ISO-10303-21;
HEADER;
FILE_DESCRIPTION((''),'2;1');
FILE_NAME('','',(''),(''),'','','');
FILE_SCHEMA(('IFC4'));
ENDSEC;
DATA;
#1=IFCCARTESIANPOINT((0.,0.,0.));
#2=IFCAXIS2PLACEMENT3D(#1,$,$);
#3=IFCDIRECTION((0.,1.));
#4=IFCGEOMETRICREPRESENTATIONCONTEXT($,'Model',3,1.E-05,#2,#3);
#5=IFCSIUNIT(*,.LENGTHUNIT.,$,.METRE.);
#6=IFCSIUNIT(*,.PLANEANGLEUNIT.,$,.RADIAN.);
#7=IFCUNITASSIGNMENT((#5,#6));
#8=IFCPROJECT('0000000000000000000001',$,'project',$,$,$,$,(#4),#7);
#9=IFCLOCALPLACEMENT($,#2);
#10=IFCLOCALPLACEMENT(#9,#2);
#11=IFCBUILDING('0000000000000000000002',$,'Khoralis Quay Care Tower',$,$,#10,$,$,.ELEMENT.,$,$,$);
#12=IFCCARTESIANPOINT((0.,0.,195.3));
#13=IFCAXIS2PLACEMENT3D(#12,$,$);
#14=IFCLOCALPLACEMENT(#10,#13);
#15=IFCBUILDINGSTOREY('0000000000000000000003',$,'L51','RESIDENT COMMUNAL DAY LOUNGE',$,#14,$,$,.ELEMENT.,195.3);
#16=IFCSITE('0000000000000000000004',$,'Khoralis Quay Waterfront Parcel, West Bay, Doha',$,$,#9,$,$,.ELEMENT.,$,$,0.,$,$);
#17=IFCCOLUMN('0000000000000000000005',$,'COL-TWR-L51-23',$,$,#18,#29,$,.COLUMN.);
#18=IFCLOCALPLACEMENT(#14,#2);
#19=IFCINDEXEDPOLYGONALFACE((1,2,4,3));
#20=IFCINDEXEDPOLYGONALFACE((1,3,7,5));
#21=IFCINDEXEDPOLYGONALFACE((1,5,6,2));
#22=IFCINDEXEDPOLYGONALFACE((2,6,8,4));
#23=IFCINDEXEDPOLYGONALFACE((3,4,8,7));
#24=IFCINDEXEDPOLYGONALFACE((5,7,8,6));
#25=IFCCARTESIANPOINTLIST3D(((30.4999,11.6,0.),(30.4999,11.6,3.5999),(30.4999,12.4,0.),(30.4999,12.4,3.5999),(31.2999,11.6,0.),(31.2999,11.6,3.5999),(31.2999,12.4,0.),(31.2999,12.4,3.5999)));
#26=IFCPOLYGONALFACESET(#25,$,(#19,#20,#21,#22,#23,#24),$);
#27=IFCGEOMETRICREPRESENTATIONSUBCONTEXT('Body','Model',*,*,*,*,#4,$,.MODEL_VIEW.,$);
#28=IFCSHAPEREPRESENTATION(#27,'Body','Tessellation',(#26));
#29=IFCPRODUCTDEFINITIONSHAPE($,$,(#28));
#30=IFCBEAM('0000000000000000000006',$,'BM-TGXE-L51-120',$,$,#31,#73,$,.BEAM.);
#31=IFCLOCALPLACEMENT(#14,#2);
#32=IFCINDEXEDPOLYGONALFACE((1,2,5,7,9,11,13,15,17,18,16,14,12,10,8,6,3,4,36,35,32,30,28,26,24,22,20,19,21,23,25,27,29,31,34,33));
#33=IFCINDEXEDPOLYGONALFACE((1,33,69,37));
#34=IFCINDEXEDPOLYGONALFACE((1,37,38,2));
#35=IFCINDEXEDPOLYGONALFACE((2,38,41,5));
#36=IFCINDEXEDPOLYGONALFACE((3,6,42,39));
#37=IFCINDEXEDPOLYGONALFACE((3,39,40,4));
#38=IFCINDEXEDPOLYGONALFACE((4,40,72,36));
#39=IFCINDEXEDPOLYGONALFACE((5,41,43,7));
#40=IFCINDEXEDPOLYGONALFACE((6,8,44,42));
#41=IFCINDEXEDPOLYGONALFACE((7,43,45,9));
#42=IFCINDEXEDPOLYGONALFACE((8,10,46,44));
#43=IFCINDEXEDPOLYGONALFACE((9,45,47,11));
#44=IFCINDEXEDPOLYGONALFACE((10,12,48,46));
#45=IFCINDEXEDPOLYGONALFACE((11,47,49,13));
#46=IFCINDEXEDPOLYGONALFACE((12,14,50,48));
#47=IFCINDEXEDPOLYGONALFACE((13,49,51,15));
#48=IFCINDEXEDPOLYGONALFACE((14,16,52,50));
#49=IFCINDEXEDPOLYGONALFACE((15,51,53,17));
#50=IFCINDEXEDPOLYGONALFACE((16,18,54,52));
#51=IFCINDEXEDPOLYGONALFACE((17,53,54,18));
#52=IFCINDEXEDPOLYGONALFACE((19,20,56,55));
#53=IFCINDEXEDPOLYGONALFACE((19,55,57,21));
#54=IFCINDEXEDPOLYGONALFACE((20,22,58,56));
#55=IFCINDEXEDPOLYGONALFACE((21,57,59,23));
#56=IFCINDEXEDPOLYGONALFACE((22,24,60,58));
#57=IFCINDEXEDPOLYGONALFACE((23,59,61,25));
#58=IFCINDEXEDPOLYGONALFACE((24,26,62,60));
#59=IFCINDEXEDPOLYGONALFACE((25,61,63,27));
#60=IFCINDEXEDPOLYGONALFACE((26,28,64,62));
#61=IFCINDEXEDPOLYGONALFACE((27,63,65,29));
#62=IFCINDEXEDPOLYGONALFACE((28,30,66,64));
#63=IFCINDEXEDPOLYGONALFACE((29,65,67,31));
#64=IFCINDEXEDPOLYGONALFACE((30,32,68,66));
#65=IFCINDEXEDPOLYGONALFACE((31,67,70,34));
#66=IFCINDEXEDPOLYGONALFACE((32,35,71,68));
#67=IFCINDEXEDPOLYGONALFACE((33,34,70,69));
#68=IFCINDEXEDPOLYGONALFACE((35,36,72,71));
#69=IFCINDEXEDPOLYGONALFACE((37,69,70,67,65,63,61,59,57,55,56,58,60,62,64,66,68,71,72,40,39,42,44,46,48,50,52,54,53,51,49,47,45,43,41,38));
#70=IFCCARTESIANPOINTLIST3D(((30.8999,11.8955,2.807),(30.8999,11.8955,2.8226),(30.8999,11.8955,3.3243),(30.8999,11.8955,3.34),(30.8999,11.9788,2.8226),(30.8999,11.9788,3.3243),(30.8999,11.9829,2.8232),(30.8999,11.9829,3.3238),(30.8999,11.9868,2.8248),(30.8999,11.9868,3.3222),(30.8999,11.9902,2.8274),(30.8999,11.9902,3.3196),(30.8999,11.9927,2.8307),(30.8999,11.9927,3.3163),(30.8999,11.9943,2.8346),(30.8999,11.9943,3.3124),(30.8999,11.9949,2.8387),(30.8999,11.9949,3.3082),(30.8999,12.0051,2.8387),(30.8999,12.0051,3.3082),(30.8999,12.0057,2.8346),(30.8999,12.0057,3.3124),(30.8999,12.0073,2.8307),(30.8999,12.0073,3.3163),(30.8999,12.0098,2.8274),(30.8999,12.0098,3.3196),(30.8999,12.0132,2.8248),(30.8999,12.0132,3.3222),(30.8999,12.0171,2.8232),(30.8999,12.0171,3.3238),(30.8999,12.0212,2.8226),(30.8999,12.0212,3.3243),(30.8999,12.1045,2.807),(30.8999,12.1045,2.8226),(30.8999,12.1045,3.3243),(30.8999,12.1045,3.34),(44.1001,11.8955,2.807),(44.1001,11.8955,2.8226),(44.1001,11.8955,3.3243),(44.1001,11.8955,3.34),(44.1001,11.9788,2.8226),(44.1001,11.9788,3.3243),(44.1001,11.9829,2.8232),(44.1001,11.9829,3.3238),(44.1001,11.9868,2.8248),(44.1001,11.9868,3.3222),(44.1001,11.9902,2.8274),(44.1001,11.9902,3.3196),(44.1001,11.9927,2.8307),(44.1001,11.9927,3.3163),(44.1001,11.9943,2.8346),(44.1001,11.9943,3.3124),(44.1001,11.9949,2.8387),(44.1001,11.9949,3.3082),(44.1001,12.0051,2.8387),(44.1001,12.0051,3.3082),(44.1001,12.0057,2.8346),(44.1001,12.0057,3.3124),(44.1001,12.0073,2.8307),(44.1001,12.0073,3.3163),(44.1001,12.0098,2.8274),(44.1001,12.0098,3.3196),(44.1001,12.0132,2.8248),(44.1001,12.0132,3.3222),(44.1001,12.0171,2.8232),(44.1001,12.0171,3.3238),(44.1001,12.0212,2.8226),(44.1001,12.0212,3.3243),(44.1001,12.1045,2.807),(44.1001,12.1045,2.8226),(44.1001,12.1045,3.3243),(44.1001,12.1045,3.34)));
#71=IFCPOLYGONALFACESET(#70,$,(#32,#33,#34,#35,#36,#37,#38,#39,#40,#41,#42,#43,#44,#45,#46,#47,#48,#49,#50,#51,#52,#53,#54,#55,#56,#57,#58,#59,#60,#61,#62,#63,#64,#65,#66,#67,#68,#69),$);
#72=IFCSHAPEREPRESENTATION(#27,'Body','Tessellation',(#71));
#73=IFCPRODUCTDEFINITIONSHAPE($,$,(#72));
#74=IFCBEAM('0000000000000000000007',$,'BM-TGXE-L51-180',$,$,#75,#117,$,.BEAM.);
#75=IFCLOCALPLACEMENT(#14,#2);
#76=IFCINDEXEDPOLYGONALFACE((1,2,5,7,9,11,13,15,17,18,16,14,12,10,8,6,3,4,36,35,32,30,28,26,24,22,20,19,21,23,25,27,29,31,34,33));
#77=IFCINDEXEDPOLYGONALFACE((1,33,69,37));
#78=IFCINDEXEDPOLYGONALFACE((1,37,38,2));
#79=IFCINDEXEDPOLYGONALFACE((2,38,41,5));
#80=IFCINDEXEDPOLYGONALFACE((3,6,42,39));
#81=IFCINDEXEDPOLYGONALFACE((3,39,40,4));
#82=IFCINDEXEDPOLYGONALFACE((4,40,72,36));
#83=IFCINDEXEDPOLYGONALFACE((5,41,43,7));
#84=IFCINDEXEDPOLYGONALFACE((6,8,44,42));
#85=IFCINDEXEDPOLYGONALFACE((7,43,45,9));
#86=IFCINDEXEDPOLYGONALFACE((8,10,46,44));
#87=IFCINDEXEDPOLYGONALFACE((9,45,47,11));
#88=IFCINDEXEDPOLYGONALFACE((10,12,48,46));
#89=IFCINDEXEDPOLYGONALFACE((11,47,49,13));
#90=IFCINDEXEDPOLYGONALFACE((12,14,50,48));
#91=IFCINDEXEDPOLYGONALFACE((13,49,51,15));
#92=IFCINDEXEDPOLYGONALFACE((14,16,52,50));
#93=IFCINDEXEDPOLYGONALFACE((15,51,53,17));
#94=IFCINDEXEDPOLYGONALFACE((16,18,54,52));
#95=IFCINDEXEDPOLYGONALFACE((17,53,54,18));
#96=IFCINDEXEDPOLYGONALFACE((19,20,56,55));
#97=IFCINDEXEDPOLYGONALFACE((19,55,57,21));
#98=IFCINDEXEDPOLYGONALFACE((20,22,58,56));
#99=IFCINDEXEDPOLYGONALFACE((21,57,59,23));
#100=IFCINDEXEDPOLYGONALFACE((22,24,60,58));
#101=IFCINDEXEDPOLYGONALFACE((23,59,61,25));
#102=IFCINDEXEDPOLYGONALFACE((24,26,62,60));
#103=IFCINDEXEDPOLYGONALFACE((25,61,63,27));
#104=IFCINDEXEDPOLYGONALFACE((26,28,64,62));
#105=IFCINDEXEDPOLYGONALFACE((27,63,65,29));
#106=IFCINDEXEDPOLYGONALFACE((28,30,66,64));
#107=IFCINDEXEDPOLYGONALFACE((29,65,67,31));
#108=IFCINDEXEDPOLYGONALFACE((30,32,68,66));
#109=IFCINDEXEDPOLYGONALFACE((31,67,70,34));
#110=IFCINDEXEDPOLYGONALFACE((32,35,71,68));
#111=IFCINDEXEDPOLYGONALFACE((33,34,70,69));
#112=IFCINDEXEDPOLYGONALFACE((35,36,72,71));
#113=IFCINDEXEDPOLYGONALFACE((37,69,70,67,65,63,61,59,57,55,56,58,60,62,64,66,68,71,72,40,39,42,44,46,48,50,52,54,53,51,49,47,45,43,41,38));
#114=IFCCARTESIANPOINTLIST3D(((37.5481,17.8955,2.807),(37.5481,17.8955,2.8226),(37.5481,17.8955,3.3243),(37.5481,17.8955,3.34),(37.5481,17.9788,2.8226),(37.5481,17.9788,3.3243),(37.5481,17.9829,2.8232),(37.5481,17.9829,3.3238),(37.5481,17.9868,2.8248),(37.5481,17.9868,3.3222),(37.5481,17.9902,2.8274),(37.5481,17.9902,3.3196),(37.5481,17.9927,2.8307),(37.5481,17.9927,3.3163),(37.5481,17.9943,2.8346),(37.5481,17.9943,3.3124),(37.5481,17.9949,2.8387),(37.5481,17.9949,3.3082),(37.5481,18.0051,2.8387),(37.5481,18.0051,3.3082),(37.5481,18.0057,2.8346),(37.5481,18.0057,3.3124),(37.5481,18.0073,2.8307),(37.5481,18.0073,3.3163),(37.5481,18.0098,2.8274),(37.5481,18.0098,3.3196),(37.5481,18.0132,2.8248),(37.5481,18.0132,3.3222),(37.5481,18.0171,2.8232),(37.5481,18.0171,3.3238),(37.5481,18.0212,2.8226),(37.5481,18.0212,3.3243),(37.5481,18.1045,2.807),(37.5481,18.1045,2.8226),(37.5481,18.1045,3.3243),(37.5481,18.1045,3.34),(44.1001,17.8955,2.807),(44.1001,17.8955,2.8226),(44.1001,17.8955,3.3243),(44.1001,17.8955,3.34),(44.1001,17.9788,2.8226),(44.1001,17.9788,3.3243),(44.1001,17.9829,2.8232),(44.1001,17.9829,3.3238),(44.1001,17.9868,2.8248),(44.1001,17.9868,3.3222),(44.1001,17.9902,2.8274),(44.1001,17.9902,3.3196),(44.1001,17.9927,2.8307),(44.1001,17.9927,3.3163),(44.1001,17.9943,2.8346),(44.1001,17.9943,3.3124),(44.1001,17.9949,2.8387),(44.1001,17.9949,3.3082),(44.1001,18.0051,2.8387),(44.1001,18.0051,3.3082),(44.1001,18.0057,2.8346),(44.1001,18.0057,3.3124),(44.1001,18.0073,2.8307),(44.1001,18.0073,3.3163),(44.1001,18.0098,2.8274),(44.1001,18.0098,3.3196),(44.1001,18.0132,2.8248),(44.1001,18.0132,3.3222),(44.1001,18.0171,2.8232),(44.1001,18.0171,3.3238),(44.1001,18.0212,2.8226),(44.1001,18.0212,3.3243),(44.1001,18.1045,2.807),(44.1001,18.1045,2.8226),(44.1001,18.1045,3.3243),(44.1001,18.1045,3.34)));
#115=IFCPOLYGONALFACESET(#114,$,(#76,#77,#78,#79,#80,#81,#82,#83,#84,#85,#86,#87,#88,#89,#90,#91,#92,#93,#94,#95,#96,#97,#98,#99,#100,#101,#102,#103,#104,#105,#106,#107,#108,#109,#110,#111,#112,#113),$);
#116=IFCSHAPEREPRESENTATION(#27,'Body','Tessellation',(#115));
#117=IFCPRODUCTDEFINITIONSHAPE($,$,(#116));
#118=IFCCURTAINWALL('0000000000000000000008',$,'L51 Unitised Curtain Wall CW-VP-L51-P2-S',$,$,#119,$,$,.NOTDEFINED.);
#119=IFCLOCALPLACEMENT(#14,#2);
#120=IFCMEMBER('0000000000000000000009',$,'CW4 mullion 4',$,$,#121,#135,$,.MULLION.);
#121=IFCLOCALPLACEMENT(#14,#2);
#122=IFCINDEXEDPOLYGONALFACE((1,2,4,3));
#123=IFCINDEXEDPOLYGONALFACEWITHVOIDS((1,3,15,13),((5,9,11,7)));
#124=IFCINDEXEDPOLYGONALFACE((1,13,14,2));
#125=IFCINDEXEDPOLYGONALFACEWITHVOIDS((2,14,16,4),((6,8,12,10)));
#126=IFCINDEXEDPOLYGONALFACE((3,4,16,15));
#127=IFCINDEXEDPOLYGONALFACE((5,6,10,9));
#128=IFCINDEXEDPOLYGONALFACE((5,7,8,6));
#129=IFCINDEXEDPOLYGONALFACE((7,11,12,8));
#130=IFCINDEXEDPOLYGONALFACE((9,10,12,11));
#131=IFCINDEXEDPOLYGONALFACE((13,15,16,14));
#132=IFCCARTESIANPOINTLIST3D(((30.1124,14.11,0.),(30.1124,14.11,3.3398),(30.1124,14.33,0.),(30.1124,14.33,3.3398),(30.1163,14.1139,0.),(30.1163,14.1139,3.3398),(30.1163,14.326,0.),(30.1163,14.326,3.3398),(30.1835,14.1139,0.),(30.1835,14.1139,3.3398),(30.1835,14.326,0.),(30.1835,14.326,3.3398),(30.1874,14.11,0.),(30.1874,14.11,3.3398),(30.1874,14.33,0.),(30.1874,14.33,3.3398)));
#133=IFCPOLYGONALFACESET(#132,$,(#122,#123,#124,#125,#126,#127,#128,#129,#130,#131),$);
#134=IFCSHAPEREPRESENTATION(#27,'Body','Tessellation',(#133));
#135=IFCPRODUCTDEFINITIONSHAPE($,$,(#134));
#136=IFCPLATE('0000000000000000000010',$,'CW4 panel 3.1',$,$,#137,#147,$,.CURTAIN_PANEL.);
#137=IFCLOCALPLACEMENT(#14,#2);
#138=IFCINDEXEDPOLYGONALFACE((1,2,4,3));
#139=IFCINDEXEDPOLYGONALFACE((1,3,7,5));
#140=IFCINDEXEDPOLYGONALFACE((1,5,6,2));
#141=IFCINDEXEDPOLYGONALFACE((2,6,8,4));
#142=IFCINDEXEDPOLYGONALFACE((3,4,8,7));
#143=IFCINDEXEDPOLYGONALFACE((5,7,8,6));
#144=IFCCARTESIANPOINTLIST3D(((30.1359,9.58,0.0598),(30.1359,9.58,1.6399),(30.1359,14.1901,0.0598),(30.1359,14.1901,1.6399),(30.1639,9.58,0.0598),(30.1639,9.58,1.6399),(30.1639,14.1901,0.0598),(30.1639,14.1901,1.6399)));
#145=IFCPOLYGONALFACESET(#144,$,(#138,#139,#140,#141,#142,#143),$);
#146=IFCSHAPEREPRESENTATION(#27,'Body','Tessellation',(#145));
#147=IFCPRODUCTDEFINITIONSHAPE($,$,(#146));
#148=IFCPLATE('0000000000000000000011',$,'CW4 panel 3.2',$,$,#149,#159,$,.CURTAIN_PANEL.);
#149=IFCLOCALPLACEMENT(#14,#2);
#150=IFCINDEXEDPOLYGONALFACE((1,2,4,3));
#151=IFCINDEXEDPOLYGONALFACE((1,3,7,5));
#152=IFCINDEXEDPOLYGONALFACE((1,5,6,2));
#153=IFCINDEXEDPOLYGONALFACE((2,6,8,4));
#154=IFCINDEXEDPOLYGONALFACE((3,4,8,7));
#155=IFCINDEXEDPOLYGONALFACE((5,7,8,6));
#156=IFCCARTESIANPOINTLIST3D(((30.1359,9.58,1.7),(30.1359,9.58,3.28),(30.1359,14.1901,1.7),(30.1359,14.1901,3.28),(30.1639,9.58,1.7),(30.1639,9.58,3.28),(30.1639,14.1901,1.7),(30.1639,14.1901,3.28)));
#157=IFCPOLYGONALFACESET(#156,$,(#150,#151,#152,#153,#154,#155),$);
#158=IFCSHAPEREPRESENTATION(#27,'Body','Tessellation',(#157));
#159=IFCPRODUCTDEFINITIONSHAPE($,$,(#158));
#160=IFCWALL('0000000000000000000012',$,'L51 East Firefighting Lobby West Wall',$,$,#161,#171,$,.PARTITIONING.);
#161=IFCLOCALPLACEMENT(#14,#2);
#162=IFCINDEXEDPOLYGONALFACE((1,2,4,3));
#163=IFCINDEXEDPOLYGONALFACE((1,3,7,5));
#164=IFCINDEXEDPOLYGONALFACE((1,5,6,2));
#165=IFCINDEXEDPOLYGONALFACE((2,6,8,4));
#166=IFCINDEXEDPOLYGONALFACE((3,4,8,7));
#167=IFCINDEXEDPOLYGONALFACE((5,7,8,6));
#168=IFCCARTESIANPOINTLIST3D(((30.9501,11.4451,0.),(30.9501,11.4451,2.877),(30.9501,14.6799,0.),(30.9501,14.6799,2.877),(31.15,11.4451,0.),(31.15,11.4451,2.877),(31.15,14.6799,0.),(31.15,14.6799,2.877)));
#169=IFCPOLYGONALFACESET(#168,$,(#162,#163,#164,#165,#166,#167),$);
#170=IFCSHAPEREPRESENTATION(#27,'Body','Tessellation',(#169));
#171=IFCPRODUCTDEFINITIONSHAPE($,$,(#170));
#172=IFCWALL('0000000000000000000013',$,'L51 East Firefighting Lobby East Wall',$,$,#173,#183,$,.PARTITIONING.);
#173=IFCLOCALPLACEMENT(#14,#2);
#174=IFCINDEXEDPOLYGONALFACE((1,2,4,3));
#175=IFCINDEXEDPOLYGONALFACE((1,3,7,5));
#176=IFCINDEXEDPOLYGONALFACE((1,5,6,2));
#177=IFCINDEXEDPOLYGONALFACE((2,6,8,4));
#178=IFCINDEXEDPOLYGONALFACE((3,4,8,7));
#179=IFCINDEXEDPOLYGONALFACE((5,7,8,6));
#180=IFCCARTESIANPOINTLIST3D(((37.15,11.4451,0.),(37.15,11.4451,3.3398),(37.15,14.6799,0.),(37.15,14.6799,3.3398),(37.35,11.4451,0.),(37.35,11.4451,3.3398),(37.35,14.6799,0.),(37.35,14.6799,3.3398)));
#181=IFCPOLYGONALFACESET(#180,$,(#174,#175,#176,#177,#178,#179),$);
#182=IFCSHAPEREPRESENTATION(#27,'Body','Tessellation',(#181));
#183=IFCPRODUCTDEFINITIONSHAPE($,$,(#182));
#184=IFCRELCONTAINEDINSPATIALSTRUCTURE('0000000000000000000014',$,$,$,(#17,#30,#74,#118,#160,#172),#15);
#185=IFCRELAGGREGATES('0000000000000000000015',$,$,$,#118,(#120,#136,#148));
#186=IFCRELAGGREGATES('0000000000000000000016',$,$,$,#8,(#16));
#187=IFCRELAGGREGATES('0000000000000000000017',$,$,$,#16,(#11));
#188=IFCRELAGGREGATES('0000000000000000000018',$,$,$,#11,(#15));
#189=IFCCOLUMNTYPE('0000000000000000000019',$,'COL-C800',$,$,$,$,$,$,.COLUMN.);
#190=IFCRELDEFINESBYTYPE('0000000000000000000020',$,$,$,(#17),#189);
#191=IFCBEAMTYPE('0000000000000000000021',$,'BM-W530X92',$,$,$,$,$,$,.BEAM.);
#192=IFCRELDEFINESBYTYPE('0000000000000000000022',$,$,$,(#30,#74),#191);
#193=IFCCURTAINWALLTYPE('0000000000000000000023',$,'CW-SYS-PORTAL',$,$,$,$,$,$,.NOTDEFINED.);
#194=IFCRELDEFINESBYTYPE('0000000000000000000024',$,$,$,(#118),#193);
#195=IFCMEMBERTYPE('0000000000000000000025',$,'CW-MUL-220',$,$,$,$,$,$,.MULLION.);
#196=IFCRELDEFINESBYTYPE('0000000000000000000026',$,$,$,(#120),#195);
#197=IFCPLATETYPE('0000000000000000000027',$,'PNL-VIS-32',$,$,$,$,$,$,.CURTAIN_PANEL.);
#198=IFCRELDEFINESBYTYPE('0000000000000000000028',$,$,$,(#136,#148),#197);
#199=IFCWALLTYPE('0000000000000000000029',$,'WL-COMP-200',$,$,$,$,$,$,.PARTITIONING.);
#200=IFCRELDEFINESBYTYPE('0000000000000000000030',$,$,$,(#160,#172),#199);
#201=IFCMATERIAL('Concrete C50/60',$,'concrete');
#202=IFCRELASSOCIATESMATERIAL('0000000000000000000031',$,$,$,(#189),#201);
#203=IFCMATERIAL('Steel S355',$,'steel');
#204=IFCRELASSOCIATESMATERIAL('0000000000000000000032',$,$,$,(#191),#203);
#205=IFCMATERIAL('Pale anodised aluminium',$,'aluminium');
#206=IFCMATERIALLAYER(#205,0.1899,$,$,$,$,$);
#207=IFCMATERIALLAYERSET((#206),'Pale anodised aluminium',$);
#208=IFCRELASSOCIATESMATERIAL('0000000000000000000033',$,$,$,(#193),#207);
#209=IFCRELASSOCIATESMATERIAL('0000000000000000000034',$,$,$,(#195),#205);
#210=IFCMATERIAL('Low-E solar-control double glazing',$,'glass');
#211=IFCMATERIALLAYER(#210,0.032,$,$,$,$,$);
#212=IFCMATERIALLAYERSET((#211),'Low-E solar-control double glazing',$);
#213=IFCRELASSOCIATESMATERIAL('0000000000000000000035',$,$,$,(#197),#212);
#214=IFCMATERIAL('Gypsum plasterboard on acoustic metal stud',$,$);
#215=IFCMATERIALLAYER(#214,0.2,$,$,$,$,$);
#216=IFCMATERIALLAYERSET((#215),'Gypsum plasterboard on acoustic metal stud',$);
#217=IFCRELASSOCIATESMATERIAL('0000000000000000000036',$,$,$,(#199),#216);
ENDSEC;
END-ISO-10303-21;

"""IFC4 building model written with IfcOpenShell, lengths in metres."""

from ifc_helpers import new_model, si_unit, direction, frame, frame_2d, origin, origin_2d, place, context, subcontext, project, spatial, rectangle, hollow_rectangle, i_section, extrude, source, transform, mapped, material, layer, layer_set, material_profile, profile_set, type_object, element, aggregate, save


model = new_model("IFC4")

# Units and contexts
model_context = context("Model", 3, precision=1e-05, world=origin(), true_north=direction((0.0, 1.0)))
body_context = subcontext(model_context, "Body", "Model", "MODEL_VIEW")
ifc_project = project(units=[si_unit("LENGTHUNIT", "METRE"), si_unit("PLANEANGLEUNIT", "RADIAN")], contexts=[model_context])

# Site, building, storey
site_placement = place(None, origin())
site = spatial("IfcSite", under=ifc_project, at=site_placement, Name="Khoralis Quay Waterfront Parcel, West Bay, Doha", CompositionType="ELEMENT", RefElevation=0.0)
building_placement = place(site_placement, origin())
building = spatial("IfcBuilding", under=site, at=building_placement, Name="Khoralis Quay Care Tower", CompositionType="ELEMENT")
storey_placement = place(building_placement, frame((0.0, 0.0, 195.3)))
storey = spatial("IfcBuildingStorey", under=building, at=storey_placement, Name="L51", Description="RESIDENT COMMUNAL DAY LOUNGE", CompositionType="ELEMENT", Elevation=195.3)

# Column
ifc_material_1 = material(Name="Concrete C50/60", Category="concrete")
ifc_material_profile_1 = material_profile(ifc_material_1, rectangle(XDim=0.8, YDim=0.8, at=origin_2d()), Name="Concrete C50/60")
ifc_profile_set_1 = profile_set([ifc_material_profile_1], Name="Concrete C50/60")
column_type = type_object("IfcColumnType", Name="COL-C800", PredefinedType="COLUMN", material=ifc_profile_set_1)
shared_shape_1 = source(origin(), body_context, "Body", "SweptSolid", [
    extrude(rectangle(XDim=0.8, YDim=0.8, at=origin_2d()), origin(), (0.0, 0.0, 1.0), 3.5999),
])
column_placement = place(storey_placement, frame((30.8999, 12.0, 0.0), z_axis=(0.0, 0.0, 1.0), x_axis=(1.0, 0.0, 0.0)))
element("IfcColumn", 1, at=column_placement, inside=storey, type_object=column_type, Name="COL-TWR-L51-23", PredefinedType="COLUMN", context=body_context, shape_type="MappedRepresentation", body=[
    mapped(shared_shape_1, transform((0.0, 0.0, 0.0), scale=1.0)),
])

# Beams
ifc_material_2 = material(Name="Steel S355", Category="steel")
ifc_material_profile_2 = material_profile(ifc_material_2, i_section(OverallWidth=0.209, OverallDepth=0.533, WebThickness=0.0103, FlangeThickness=0.0156, FilletRadius=0.0161, at=origin_2d()), Name="Steel S355")
ifc_profile_set_2 = profile_set([ifc_material_profile_2], Name="Steel S355")
beam_type = type_object("IfcBeamType", Name="BM-W530X92", PredefinedType="BEAM", material=ifc_profile_set_2)
shared_shape_2 = source(origin(), body_context, "Body", "SweptSolid", [
    extrude(i_section(OverallWidth=0.209, OverallDepth=0.533, WebThickness=0.0103, FlangeThickness=0.0156, FilletRadius=0.0161, at=origin_2d()), origin(), (0.0, 0.0, 1.0), 13.2002),
])
beam_1_placement = place(storey_placement, frame((30.8999, 12.0, 3.0735), z_axis=(1.0, 0.0, 0.0), x_axis=(0.0, 1.0, 0.0)))
element("IfcBeam", 2, at=beam_1_placement, inside=storey, type_object=beam_type, Name="BM-TGXE-L51-120", PredefinedType="BEAM", context=body_context, shape_type="MappedRepresentation", body=[
    mapped(shared_shape_2, transform((0.0, 0.0, 0.0), scale=1.0)),
])
shared_shape_3 = source(origin(), body_context, "Body", "SweptSolid", [
    extrude(i_section(OverallWidth=0.209, OverallDepth=0.533, WebThickness=0.0103, FlangeThickness=0.0156, FilletRadius=0.0161, at=origin_2d()), origin(), (0.0, 0.0, 1.0), 6.552),
])
beam_2_placement = place(storey_placement, frame((37.5481, 18.0, 3.0735), z_axis=(1.0, 0.0, 0.0), x_axis=(0.0, 1.0, 0.0)))
element("IfcBeam", 3, at=beam_2_placement, inside=storey, type_object=beam_type, Name="BM-TGXE-L51-180", PredefinedType="BEAM", context=body_context, shape_type="MappedRepresentation", body=[
    mapped(shared_shape_3, transform((0.0, 0.0, 0.0), scale=1.0)),
])

# Curtain wall, member, plates
ifc_material_3 = material(Name="Pale anodised aluminium", Category="aluminium")
ifc_layer_1 = layer(ifc_material_3, 0.1899)
ifc_layer_set_1 = layer_set([ifc_layer_1], Name="Pale anodised aluminium")
curtain_wall_type = type_object("IfcCurtainWallType", Name="CW-SYS-PORTAL", PredefinedType="NOTDEFINED", material=ifc_layer_set_1)
curtain_wall_placement = place(storey_placement, origin())
curtain_wall = element("IfcCurtainWall", 4, at=curtain_wall_placement, inside=storey, type_object=curtain_wall_type, Name="L51 Unitised Curtain Wall CW-VP-L51-P2-S", PredefinedType="NOTDEFINED")
ifc_material_profile_3 = material_profile(ifc_material_3, hollow_rectangle(XDim=0.075, YDim=0.22, WallThickness=0.0039, at=origin_2d()), Name="Pale anodised aluminium")
ifc_profile_set_3 = profile_set([ifc_material_profile_3], Name="Pale anodised aluminium")
member_type = type_object("IfcMemberType", Name="CW-MUL-220", PredefinedType="MULLION", material=ifc_profile_set_3)
shared_shape_4 = source(origin(), body_context, "Body", "SweptSolid", [
    extrude(hollow_rectangle(XDim=0.075, YDim=0.22, WallThickness=0.0039, at=origin_2d()), origin(), (0.0, 0.0, 1.0), 3.3398),
])
member_placement = place(storey_placement, frame((30.1499, 14.22, 0.0), z_axis=(0.0, 0.0, 1.0), x_axis=(-1.0, 0.0, 0.0)))
member = element("IfcMember", 5, at=member_placement, type_object=member_type, Name="CW4 mullion 4", PredefinedType="MULLION", context=body_context, shape_type="MappedRepresentation", body=[
    mapped(shared_shape_4, transform((0.0, 0.0, 0.0), scale=1.0)),
])
ifc_material_4 = material(Name="Low-E solar-control double glazing", Category="glass")
ifc_layer_2 = layer(ifc_material_4, 0.032)
ifc_layer_set_2 = layer_set([ifc_layer_2], Name="Low-E solar-control double glazing")
plate_type = type_object("IfcPlateType", Name="PNL-VIS-32", PredefinedType="CURTAIN_PANEL", material=ifc_layer_set_2)
shared_shape_5 = source(origin(), body_context, "Body", "SweptSolid", [
    extrude(rectangle(XDim=4.6101, YDim=0.0281, at=origin_2d()), origin(), (0.0, 0.0, 1.0), 1.5801),
])
plate_1_placement = place(storey_placement, frame((30.1499, 11.885, 0.0598), z_axis=(0.0, 0.0, 1.0), x_axis=(0.0, 1.0, 0.0)))
plate_1 = element("IfcPlate", 6, at=plate_1_placement, type_object=plate_type, Name="CW4 panel 3.1", PredefinedType="CURTAIN_PANEL", context=body_context, shape_type="MappedRepresentation", body=[
    mapped(shared_shape_5, transform((0.0, 0.0, 0.0), scale=1.0)),
])
plate_2_placement = place(storey_placement, frame((30.1499, 11.885, 1.7), z_axis=(0.0, 0.0, 1.0), x_axis=(0.0, 1.0, 0.0)))
plate_2 = element("IfcPlate", 7, at=plate_2_placement, type_object=plate_type, Name="CW4 panel 3.2", PredefinedType="CURTAIN_PANEL", context=body_context, shape_type="MappedRepresentation", body=[
    mapped(shared_shape_5, transform((0.0, 0.0, 0.0), scale=1.0)),
])
aggregate(curtain_wall, [member, plate_1, plate_2])

# Walls
ifc_material_5 = material(Name="Gypsum plasterboard on acoustic metal stud")
ifc_layer_3 = layer(ifc_material_5, 0.2)
ifc_layer_set_3 = layer_set([ifc_layer_3], Name="Gypsum plasterboard on acoustic metal stud")
wall_type_1 = type_object("IfcWallType", Name="WL-COMP-200", PredefinedType="PARTITIONING", material=ifc_layer_set_3)
wall_1_placement = place(storey_placement, frame((31.05, 11.4451, 0.0), z_axis=(0.0, 0.0, 1.0), x_axis=(0.0, 1.0, 0.0)))
element("IfcWall", 8, at=wall_1_placement, inside=storey, type_object=wall_type_1, Name="L51 East Firefighting Lobby West Wall", PredefinedType="PARTITIONING", context=body_context, shape_type="SweptSolid", body=[
    extrude(rectangle(XDim=3.2349, YDim=0.2, at=frame_2d((1.6174, 0.0))), origin(), (0.0, 0.0, 1.0), 2.877),
])
wall_2_placement = place(storey_placement, frame((37.25, 11.4451, 0.0), z_axis=(0.0, 0.0, 1.0), x_axis=(0.0, 1.0, 0.0)))
element("IfcWall", 9, at=wall_2_placement, inside=storey, type_object=wall_type_1, Name="L51 East Firefighting Lobby East Wall", PredefinedType="PARTITIONING", context=body_context, shape_type="SweptSolid", body=[
    extrude(rectangle(XDim=3.2349, YDim=0.2, at=frame_2d((1.6174, 0.0))), origin(), (0.0, 0.0, 1.0), 3.3398),
])

save(model, "model.ifc")
